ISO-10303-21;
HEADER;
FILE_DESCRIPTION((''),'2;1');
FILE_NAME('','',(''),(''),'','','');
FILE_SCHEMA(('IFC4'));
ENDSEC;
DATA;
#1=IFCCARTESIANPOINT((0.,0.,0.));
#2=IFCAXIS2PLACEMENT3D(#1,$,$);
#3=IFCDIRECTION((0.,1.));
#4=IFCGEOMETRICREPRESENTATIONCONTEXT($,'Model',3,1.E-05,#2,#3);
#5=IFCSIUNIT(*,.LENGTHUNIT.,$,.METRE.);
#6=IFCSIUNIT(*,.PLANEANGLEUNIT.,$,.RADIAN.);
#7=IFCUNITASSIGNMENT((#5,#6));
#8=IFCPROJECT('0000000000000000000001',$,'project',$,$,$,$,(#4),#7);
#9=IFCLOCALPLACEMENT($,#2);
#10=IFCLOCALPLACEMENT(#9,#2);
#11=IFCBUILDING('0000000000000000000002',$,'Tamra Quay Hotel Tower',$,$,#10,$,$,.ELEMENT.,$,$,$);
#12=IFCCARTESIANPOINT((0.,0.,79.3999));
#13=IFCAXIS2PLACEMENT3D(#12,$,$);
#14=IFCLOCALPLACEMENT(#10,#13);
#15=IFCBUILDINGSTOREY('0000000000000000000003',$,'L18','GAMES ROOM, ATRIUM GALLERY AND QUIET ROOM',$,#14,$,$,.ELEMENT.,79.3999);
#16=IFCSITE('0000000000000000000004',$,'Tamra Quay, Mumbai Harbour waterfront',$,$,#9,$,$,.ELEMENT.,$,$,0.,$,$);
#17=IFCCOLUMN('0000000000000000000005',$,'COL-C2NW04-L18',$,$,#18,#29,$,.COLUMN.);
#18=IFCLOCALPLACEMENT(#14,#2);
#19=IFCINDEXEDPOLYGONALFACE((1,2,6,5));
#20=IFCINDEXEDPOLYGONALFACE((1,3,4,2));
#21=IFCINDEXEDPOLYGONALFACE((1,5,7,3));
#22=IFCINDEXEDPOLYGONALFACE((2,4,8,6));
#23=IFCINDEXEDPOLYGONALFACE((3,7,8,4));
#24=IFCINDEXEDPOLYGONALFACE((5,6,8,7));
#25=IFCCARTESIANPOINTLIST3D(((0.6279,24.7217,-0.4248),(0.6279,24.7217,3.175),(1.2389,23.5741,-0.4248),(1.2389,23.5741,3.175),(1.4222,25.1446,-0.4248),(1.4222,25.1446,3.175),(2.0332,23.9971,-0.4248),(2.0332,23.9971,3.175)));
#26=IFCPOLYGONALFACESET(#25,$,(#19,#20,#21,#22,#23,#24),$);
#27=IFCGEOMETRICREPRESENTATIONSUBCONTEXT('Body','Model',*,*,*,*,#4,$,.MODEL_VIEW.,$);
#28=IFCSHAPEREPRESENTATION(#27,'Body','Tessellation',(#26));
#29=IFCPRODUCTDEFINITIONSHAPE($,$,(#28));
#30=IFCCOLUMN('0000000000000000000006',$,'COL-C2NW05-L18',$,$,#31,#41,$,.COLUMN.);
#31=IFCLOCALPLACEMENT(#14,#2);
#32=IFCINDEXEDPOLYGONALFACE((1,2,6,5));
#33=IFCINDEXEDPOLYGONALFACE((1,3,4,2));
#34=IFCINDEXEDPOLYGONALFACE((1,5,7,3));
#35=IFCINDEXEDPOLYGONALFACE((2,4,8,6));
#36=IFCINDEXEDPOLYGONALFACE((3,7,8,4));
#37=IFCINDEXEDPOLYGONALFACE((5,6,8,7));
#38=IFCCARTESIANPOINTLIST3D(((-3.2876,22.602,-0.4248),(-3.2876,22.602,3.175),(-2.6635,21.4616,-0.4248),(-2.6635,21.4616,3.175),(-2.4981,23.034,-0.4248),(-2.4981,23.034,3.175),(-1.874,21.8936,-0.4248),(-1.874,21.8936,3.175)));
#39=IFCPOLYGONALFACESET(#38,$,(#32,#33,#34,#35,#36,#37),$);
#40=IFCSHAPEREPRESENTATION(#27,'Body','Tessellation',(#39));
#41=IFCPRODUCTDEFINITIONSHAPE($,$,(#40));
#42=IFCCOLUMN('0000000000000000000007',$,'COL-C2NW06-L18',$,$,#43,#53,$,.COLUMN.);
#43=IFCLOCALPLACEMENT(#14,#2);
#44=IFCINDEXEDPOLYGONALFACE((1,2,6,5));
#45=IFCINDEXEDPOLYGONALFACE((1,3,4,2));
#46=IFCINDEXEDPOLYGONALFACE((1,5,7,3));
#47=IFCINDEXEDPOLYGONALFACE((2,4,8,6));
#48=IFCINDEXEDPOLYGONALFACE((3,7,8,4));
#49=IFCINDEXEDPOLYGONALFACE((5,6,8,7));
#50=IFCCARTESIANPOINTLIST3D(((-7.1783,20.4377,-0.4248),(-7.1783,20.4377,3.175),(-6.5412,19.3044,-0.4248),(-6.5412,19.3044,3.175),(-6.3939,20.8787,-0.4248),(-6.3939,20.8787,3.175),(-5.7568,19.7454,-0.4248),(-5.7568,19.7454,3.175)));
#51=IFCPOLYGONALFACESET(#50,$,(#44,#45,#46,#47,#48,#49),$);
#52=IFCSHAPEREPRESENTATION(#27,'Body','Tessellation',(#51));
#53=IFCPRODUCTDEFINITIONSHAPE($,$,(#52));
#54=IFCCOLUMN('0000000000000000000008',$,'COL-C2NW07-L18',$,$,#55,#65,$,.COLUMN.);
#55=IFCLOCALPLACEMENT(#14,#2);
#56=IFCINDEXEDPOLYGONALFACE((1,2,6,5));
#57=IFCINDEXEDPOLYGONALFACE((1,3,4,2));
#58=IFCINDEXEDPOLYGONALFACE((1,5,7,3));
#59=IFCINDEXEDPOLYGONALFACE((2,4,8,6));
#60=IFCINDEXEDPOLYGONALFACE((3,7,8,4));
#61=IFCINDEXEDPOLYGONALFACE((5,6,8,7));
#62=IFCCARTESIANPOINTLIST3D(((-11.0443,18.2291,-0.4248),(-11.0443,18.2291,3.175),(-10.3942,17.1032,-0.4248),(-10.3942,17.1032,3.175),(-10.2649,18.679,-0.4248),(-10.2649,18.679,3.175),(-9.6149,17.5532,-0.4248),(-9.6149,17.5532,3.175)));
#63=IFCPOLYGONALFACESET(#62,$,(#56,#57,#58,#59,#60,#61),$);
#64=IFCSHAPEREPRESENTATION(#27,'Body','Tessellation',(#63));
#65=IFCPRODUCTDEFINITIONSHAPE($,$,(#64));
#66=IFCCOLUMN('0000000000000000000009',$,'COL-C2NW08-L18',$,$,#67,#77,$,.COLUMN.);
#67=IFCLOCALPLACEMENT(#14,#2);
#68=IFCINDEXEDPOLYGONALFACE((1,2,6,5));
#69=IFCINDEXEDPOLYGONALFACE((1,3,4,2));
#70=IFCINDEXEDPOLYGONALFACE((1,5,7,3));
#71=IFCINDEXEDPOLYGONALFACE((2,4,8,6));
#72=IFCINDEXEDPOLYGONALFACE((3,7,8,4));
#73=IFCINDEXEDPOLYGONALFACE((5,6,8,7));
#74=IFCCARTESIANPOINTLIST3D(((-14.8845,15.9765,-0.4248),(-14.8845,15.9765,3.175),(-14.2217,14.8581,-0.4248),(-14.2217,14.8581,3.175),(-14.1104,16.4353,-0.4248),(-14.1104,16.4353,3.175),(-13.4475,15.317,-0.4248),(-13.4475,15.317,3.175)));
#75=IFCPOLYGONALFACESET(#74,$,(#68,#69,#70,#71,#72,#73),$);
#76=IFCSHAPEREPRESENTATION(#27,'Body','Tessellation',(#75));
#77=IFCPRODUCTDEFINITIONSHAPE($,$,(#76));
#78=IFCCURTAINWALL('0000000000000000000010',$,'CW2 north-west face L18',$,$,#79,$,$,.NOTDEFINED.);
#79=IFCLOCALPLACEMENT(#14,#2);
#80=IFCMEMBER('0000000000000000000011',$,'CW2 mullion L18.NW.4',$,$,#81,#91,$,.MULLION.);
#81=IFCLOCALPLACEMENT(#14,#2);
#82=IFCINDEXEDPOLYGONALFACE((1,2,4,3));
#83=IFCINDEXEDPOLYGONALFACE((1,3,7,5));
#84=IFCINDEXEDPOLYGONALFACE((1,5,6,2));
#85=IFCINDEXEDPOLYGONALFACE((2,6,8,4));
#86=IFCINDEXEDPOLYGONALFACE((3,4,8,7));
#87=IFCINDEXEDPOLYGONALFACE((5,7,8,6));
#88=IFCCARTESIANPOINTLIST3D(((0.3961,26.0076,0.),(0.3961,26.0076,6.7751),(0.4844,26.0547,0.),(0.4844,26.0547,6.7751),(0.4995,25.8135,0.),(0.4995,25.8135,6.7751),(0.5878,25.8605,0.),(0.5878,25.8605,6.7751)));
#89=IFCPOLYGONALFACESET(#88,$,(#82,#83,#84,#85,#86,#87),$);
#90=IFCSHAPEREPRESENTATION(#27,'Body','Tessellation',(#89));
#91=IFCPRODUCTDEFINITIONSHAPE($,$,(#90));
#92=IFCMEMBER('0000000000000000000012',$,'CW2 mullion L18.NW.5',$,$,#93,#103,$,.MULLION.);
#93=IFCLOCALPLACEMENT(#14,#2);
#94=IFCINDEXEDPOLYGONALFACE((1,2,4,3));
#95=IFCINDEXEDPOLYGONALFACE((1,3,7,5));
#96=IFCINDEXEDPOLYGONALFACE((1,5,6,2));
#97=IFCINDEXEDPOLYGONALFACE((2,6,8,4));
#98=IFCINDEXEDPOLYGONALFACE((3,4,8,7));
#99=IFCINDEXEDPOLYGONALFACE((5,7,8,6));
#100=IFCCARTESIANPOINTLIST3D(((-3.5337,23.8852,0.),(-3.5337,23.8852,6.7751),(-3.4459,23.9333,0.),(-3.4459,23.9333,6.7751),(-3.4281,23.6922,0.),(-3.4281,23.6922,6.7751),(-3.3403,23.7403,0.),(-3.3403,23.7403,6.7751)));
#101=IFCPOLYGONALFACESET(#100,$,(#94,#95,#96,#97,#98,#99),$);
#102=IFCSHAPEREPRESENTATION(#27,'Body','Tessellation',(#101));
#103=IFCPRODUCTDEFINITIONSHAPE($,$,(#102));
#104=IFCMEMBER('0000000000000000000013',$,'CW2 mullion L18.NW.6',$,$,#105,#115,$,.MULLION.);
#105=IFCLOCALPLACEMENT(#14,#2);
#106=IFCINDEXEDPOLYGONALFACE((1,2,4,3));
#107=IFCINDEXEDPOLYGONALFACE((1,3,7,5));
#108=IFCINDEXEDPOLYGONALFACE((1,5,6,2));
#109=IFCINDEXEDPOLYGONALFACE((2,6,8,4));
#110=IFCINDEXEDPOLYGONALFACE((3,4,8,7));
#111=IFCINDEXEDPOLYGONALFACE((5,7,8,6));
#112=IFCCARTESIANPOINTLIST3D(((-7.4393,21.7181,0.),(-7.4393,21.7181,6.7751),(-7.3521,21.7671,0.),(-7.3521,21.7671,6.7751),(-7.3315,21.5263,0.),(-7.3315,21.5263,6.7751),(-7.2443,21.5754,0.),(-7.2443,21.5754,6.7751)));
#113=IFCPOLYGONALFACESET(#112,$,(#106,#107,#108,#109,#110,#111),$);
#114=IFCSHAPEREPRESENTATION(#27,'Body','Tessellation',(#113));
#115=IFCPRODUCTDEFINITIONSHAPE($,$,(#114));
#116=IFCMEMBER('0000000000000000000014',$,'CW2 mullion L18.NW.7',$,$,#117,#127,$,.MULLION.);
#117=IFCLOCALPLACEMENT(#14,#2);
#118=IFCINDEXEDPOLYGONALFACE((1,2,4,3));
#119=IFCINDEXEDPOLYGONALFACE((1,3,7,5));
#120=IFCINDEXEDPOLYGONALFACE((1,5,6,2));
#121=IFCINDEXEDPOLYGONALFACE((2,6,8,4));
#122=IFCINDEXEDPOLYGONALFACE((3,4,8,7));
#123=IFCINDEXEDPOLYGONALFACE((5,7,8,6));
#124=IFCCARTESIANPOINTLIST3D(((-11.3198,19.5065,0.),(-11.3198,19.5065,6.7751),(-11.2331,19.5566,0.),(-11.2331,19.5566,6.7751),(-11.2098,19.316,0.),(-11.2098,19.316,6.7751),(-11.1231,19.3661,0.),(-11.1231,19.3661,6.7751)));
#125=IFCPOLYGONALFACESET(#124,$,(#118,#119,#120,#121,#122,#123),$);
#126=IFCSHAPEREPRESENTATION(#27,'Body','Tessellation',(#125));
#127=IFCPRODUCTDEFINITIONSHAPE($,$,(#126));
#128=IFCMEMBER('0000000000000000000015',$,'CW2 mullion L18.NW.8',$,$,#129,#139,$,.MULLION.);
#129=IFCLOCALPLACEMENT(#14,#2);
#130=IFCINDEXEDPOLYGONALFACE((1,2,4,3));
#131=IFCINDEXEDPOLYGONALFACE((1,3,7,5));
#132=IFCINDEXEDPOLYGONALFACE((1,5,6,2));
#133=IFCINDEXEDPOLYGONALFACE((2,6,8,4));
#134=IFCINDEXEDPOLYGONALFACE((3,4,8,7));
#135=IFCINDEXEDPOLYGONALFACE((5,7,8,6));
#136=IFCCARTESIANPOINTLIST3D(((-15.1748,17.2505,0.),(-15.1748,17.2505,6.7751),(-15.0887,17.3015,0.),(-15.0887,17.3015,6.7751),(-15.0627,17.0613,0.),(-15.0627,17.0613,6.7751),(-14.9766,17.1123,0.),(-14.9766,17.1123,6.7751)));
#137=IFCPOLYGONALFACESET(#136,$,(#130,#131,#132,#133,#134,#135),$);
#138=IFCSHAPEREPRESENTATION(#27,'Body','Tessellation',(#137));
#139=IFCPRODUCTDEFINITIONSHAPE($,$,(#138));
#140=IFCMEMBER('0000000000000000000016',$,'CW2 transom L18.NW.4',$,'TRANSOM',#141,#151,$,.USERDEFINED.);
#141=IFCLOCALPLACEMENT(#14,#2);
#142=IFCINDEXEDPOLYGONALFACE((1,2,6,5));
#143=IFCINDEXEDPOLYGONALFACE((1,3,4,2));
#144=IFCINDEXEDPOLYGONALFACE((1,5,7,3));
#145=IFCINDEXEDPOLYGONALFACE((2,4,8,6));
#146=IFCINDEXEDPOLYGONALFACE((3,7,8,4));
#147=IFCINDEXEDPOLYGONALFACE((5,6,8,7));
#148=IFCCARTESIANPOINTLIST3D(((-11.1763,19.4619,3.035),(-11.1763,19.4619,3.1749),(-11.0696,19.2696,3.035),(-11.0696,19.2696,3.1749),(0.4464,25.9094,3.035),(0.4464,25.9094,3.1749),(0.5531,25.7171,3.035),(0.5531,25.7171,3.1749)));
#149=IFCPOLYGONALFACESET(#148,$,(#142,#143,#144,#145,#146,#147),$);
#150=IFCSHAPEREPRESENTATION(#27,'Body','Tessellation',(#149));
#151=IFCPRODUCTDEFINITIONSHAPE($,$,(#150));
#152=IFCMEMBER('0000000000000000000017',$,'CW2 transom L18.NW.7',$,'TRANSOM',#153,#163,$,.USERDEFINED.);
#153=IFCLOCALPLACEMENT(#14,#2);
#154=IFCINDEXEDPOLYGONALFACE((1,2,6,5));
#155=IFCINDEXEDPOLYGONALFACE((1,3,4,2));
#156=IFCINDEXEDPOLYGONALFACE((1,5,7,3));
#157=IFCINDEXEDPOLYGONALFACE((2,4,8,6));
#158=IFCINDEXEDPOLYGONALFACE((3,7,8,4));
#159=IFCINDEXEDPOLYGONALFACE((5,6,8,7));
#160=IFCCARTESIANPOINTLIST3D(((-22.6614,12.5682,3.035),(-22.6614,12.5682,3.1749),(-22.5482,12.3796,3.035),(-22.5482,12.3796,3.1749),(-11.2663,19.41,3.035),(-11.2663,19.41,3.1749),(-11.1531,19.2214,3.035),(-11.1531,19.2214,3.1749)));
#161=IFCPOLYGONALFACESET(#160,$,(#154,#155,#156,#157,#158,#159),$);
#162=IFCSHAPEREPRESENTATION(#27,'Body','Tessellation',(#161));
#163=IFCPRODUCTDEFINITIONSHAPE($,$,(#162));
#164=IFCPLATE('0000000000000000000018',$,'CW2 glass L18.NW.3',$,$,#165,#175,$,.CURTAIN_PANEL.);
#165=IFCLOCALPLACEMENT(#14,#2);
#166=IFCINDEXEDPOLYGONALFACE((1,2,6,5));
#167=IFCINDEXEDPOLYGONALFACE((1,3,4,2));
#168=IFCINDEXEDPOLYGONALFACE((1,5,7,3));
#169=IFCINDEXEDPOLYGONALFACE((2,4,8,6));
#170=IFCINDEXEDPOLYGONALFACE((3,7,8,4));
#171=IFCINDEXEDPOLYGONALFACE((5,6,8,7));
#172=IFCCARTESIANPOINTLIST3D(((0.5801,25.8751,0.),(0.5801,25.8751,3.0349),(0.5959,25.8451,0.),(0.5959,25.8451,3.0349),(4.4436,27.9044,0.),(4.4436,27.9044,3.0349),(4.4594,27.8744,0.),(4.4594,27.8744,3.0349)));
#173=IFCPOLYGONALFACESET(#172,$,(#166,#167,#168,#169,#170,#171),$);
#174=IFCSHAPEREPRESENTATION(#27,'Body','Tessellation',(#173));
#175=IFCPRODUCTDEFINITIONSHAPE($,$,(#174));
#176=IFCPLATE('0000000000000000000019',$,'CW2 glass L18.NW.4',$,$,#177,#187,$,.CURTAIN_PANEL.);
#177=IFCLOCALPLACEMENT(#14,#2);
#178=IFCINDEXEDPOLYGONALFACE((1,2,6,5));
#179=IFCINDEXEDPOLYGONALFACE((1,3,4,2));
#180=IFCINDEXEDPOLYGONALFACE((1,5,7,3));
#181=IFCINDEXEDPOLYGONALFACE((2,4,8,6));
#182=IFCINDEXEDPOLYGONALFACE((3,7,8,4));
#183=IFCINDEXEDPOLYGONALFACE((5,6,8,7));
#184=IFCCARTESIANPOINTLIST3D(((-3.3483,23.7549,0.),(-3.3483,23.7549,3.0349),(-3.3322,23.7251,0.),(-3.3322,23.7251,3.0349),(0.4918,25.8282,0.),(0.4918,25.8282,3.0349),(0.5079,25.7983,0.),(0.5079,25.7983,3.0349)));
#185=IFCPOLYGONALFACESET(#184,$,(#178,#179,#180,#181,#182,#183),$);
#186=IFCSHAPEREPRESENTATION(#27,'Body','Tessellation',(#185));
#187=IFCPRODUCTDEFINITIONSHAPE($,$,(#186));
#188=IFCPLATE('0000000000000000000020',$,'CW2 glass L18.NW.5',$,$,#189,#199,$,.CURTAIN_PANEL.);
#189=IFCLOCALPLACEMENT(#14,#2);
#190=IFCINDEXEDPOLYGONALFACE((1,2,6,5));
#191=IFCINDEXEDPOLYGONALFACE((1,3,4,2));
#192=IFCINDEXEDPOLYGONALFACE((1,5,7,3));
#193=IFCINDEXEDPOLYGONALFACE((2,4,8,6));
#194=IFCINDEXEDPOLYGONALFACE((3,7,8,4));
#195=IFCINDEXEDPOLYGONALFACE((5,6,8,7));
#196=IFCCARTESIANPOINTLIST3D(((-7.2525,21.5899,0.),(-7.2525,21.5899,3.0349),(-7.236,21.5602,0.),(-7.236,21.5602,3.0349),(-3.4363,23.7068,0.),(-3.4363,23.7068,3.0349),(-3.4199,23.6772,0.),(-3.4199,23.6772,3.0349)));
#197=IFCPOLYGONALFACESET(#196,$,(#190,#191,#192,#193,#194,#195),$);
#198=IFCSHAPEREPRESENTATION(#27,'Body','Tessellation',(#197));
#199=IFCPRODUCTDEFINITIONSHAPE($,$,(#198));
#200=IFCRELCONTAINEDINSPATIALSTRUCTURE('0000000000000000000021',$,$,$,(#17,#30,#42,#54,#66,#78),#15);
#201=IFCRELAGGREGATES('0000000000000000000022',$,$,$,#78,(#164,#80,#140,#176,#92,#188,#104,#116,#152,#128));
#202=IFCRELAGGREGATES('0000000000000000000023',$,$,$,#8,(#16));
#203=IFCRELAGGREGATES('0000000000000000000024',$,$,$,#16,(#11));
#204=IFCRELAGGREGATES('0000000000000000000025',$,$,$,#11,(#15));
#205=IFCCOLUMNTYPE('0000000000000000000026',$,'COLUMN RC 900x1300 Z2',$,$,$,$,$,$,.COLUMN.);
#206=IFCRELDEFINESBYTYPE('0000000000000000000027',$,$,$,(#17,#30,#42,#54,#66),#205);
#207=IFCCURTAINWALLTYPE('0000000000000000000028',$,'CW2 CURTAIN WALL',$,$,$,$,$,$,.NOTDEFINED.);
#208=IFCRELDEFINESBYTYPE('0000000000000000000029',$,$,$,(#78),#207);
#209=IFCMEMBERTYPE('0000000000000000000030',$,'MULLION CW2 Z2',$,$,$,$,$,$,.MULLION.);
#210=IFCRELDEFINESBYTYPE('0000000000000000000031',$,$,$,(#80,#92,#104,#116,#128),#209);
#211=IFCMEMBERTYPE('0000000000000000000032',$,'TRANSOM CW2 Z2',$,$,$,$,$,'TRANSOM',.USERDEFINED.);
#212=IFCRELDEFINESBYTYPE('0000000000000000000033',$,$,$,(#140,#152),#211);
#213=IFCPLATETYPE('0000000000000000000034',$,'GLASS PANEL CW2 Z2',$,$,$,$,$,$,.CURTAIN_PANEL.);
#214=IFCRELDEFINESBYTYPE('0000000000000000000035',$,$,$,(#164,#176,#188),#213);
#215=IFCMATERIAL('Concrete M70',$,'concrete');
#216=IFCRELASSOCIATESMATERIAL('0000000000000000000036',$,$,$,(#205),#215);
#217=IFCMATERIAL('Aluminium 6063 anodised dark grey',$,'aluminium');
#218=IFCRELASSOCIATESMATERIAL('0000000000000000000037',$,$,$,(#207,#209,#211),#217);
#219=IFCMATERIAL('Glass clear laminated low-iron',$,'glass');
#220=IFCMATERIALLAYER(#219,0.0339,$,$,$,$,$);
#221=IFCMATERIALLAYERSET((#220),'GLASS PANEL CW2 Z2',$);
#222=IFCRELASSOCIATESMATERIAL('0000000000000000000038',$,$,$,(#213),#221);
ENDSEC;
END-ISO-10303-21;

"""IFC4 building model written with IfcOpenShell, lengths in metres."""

from ifc_helpers import new_model, si_unit, direction, frame, origin, origin_2d, place, context, subcontext, project, spatial, rectangle, extrude, material, layer, layer_set, material_profile, profile_set, type_object, element, aggregate, save


model = new_model("IFC4")

# Units and contexts
model_context = context("Model", 3, precision=1e-05, world=origin(), true_north=direction((0.0, 1.0)))
body_context = subcontext(model_context, "Body", "Model", "MODEL_VIEW")
ifc_project = project(units=[si_unit("LENGTHUNIT", "METRE"), si_unit("PLANEANGLEUNIT", "RADIAN")], contexts=[model_context])

# Site, building, storey
site_placement = place(None, origin())
site = spatial("IfcSite", under=ifc_project, at=site_placement, Name="Tamra Quay, Mumbai Harbour waterfront", CompositionType="ELEMENT", RefElevation=0.0)
building_placement = place(site_placement, origin())
building = spatial("IfcBuilding", under=site, at=building_placement, Name="Tamra Quay Hotel Tower", CompositionType="ELEMENT")
storey_placement = place(building_placement, frame((0.0, 0.0, 79.3999)))
storey = spatial("IfcBuildingStorey", under=building, at=storey_placement, Name="L18", Description="GAMES ROOM, ATRIUM GALLERY AND QUIET ROOM", CompositionType="ELEMENT", Elevation=79.3999)

# Columns
ifc_material_1 = material(Name="Concrete M70", Category="concrete")
ifc_material_profile_1 = material_profile(ifc_material_1, rectangle(XDim=1.3, YDim=0.8999, at=origin_2d()), Name="COLUMN RC 900x1300 Z2")
ifc_profile_set_1 = profile_set([ifc_material_profile_1], Name="Concrete M70")
column_type = type_object("IfcColumnType", Name="COLUMN RC 900x1300 Z2", PredefinedType="COLUMN", material=ifc_profile_set_1)
for number, where, z_axis, x_axis, name in (
    (1, (1.3306, 24.3594, -0.4248), (0.0, 0.0, 1.0), (-0.470002, 0.882666, 0.0), "COL-C2NW04-L18"),
    (2, (-2.5808, 22.2478, -0.4248), (0.0, 0.0, 1.0), (-0.48006, 0.877236, 0.0), "COL-C2NW05-L18"),
    (3, (-6.4675, 20.0916, -0.4248), (0.0, 0.0, 1.0), (-0.490061, 0.871688, 0.0), "COL-C2NW06-L18"),
    (4, (-10.3296, 17.8911, -0.4248), (0.0, 0.0, 1.0), (-0.5, 0.866025, 0.0), "COL-C2NW07-L18"),
    (5, (-14.166, 15.6467, -0.4248), (0.0, 0.0, 1.0), (-0.509873, 0.860249, 0.0), "COL-C2NW08-L18"),
):
    element("IfcColumn", number, at=place(storey_placement, frame(where, z_axis=z_axis, x_axis=x_axis)), inside=storey, type_object=column_type, Name=name, PredefinedType="COLUMN", context=body_context, shape_type="SweptSolid", body=[
        extrude(rectangle(XDim=1.3, YDim=0.8999, at=origin_2d()), origin(), (0.0, 0.0, 1.0), 3.5999),
    ])

# Curtain wall, members, plates
ifc_material_2 = material(Name="Aluminium 6063 anodised dark grey", Category="aluminium")
curtain_wall_type = type_object("IfcCurtainWallType", Name="CW2 CURTAIN WALL", PredefinedType="NOTDEFINED", material=ifc_material_2)
curtain_wall_placement = place(storey_placement, origin())
curtain_wall = element("IfcCurtainWall", 6, at=curtain_wall_placement, inside=storey, type_object=curtain_wall_type, Name="CW2 north-west face L18", PredefinedType="NOTDEFINED")
ifc_material_profile_2 = material_profile(ifc_material_2, rectangle(XDim=0.22, YDim=0.1001, at=origin_2d()), Name="MULLION 100X220")
ifc_profile_set_2 = profile_set([ifc_material_profile_2], Name="Aluminium 6063 anodised dark grey")
member_type_1 = type_object("IfcMemberType", Name="MULLION CW2 Z2", PredefinedType="MULLION", material=ifc_profile_set_2)
member_1_placement = place(storey_placement, frame((0.4919, 25.9341, 0.0), z_axis=(0.0, 0.0, 1.0), x_axis=(-0.470049, 0.88264, 0.0)))
member_1 = element("IfcMember", 7, at=member_1_placement, type_object=member_type_1, Name="CW2 mullion L18.NW.4", PredefinedType="MULLION", context=body_context, shape_type="SweptSolid", body=[
    extrude(rectangle(XDim=0.22, YDim=0.1001, at=origin_2d()), origin(), (0.0, 0.0, 1.0), 6.7751),
])
member_2_placement = place(storey_placement, frame((-3.437, 23.8127, 0.0), z_axis=(0.0, 0.0, 1.0), x_axis=(-0.480089, 0.87722, 0.0)))
member_2 = element("IfcMember", 8, at=member_2_placement, type_object=member_type_1, Name="CW2 mullion L18.NW.5", PredefinedType="MULLION", context=body_context, shape_type="SweptSolid", body=[
    extrude(rectangle(XDim=0.22, YDim=0.1001, at=origin_2d()), origin(), (0.0, 0.0, 1.0), 6.7751),
])
member_3_placement = place(storey_placement, frame((-7.3418, 21.6467, 0.0), z_axis=(0.0, 0.0, 1.0), x_axis=(-0.490074, 0.871681, 0.0)))
member_3 = element("IfcMember", 9, at=member_3_placement, type_object=member_type_1, Name="CW2 mullion L18.NW.6", PredefinedType="MULLION", context=body_context, shape_type="SweptSolid", body=[
    extrude(rectangle(XDim=0.22, YDim=0.1001, at=origin_2d()), origin(), (0.0, 0.0, 1.0), 6.7751),
])
member_4_placement = place(storey_placement, frame((-11.2214, 19.4363, 0.0), z_axis=(0.0, 0.0, 1.0), x_axis=(-0.5, 0.866025, 0.0)))
member_4 = element("IfcMember", 10, at=member_4_placement, type_object=member_type_1, Name="CW2 mullion L18.NW.7", PredefinedType="MULLION", context=body_context, shape_type="SweptSolid", body=[
    extrude(rectangle(XDim=0.22, YDim=0.1001, at=origin_2d()), origin(), (0.0, 0.0, 1.0), 6.7751),
])
member_5_placement = place(storey_placement, frame((-15.0757, 17.1814, 0.0), z_axis=(0.0, 0.0, 1.0), x_axis=(-0.50986, 0.860257, 0.0)))
member_5 = element("IfcMember", 11, at=member_5_placement, type_object=member_type_1, Name="CW2 mullion L18.NW.8", PredefinedType="MULLION", context=body_context, shape_type="SweptSolid", body=[
    extrude(rectangle(XDim=0.22, YDim=0.1001, at=origin_2d()), origin(), (0.0, 0.0, 1.0), 6.7751),
])
ifc_material_profile_3 = material_profile(ifc_material_2, rectangle(XDim=0.22, YDim=0.1399, at=origin_2d()), Name="TRANSOM 220X140")
ifc_profile_set_3 = profile_set([ifc_material_profile_3], Name="Aluminium 6063 anodised dark grey")
member_type_2 = type_object("IfcMemberType", Name="TRANSOM CW2 Z2", ElementType="TRANSOM", PredefinedType="USERDEFINED", material=ifc_profile_set_3)
member_6_placement = place(storey_placement, frame((0.4998, 25.8132, 3.105), z_axis=(-0.874464, -0.485091, 0.0), x_axis=(0.485091, -0.874464, 0.0)))
member_6 = element("IfcMember", 12, at=member_6_placement, type_object=member_type_2, Name="CW2 transom L18.NW.4", ObjectType="TRANSOM", PredefinedType="USERDEFINED", context=body_context, shape_type="SweptSolid", body=[
    extrude(rectangle(XDim=0.22, YDim=0.1399, at=origin_2d()), origin(), (0.0, 0.0, 1.0), 13.2913),
])
member_7_placement = place(storey_placement, frame((-11.2097, 19.3157, 3.105), z_axis=(-0.857334, -0.51476, 0.0), x_axis=(0.51476, -0.857334, 0.0)))
member_7 = element("IfcMember", 13, at=member_7_placement, type_object=member_type_2, Name="CW2 transom L18.NW.7", ObjectType="TRANSOM", PredefinedType="USERDEFINED", context=body_context, shape_type="SweptSolid", body=[
    extrude(rectangle(XDim=0.22, YDim=0.1399, at=origin_2d()), origin(), (0.0, 0.0, 1.0), 13.2913),
])
ifc_material_3 = material(Name="Glass clear laminated low-iron", Category="glass")
ifc_layer_1 = layer(ifc_material_3, 0.0339)
ifc_layer_set_1 = layer_set([ifc_layer_1], Name="GLASS PANEL CW2 Z2")
plate_type = type_object("IfcPlateType", Name="GLASS PANEL CW2 Z2", PredefinedType="CURTAIN_PANEL", material=ifc_layer_set_1)
plate_1_placement = place(storey_placement, frame((2.5198, 26.8748, 0.0), z_axis=(0.0, 0.0, 1.0), x_axis=(-0.885306, -0.465009, 0.0)))
plate_1 = element("IfcPlate", 14, at=plate_1_placement, type_object=plate_type, Name="CW2 glass L18.NW.3", PredefinedType="CURTAIN_PANEL", context=body_context, shape_type="SweptSolid", body=[
    extrude(rectangle(XDim=4.364, YDim=0.0339, at=origin_2d()), origin(), (0.0, 0.0, 1.0), 3.0349),
])
plate_2_placement = place(storey_placement, frame((-1.4202, 24.7766, 0.0), z_axis=(0.0, 0.0, 1.0), x_axis=(-0.879946, -0.475074, 0.0)))
plate_2 = element("IfcPlate", 15, at=plate_2_placement, type_object=plate_type, Name="CW2 glass L18.NW.4", PredefinedType="CURTAIN_PANEL", context=body_context, shape_type="SweptSolid", body=[
    extrude(rectangle(XDim=4.364, YDim=0.0339, at=origin_2d()), origin(), (0.0, 0.0, 1.0), 3.0349),
])
plate_3_placement = place(storey_placement, frame((-5.3362, 22.6335, 0.0), z_axis=(0.0, 0.0, 1.0), x_axis=(-0.874465, -0.485088, 0.0)))
plate_3 = element("IfcPlate", 16, at=plate_3_placement, type_object=plate_type, Name="CW2 glass L18.NW.5", PredefinedType="CURTAIN_PANEL", context=body_context, shape_type="SweptSolid", body=[
    extrude(rectangle(XDim=4.364, YDim=0.0339, at=origin_2d()), origin(), (0.0, 0.0, 1.0), 3.0349),
])
aggregate(curtain_wall, [plate_1, member_1, member_6, plate_2, member_2, plate_3, member_3, member_4, member_7, member_5])

save(model, "model.ifc")
